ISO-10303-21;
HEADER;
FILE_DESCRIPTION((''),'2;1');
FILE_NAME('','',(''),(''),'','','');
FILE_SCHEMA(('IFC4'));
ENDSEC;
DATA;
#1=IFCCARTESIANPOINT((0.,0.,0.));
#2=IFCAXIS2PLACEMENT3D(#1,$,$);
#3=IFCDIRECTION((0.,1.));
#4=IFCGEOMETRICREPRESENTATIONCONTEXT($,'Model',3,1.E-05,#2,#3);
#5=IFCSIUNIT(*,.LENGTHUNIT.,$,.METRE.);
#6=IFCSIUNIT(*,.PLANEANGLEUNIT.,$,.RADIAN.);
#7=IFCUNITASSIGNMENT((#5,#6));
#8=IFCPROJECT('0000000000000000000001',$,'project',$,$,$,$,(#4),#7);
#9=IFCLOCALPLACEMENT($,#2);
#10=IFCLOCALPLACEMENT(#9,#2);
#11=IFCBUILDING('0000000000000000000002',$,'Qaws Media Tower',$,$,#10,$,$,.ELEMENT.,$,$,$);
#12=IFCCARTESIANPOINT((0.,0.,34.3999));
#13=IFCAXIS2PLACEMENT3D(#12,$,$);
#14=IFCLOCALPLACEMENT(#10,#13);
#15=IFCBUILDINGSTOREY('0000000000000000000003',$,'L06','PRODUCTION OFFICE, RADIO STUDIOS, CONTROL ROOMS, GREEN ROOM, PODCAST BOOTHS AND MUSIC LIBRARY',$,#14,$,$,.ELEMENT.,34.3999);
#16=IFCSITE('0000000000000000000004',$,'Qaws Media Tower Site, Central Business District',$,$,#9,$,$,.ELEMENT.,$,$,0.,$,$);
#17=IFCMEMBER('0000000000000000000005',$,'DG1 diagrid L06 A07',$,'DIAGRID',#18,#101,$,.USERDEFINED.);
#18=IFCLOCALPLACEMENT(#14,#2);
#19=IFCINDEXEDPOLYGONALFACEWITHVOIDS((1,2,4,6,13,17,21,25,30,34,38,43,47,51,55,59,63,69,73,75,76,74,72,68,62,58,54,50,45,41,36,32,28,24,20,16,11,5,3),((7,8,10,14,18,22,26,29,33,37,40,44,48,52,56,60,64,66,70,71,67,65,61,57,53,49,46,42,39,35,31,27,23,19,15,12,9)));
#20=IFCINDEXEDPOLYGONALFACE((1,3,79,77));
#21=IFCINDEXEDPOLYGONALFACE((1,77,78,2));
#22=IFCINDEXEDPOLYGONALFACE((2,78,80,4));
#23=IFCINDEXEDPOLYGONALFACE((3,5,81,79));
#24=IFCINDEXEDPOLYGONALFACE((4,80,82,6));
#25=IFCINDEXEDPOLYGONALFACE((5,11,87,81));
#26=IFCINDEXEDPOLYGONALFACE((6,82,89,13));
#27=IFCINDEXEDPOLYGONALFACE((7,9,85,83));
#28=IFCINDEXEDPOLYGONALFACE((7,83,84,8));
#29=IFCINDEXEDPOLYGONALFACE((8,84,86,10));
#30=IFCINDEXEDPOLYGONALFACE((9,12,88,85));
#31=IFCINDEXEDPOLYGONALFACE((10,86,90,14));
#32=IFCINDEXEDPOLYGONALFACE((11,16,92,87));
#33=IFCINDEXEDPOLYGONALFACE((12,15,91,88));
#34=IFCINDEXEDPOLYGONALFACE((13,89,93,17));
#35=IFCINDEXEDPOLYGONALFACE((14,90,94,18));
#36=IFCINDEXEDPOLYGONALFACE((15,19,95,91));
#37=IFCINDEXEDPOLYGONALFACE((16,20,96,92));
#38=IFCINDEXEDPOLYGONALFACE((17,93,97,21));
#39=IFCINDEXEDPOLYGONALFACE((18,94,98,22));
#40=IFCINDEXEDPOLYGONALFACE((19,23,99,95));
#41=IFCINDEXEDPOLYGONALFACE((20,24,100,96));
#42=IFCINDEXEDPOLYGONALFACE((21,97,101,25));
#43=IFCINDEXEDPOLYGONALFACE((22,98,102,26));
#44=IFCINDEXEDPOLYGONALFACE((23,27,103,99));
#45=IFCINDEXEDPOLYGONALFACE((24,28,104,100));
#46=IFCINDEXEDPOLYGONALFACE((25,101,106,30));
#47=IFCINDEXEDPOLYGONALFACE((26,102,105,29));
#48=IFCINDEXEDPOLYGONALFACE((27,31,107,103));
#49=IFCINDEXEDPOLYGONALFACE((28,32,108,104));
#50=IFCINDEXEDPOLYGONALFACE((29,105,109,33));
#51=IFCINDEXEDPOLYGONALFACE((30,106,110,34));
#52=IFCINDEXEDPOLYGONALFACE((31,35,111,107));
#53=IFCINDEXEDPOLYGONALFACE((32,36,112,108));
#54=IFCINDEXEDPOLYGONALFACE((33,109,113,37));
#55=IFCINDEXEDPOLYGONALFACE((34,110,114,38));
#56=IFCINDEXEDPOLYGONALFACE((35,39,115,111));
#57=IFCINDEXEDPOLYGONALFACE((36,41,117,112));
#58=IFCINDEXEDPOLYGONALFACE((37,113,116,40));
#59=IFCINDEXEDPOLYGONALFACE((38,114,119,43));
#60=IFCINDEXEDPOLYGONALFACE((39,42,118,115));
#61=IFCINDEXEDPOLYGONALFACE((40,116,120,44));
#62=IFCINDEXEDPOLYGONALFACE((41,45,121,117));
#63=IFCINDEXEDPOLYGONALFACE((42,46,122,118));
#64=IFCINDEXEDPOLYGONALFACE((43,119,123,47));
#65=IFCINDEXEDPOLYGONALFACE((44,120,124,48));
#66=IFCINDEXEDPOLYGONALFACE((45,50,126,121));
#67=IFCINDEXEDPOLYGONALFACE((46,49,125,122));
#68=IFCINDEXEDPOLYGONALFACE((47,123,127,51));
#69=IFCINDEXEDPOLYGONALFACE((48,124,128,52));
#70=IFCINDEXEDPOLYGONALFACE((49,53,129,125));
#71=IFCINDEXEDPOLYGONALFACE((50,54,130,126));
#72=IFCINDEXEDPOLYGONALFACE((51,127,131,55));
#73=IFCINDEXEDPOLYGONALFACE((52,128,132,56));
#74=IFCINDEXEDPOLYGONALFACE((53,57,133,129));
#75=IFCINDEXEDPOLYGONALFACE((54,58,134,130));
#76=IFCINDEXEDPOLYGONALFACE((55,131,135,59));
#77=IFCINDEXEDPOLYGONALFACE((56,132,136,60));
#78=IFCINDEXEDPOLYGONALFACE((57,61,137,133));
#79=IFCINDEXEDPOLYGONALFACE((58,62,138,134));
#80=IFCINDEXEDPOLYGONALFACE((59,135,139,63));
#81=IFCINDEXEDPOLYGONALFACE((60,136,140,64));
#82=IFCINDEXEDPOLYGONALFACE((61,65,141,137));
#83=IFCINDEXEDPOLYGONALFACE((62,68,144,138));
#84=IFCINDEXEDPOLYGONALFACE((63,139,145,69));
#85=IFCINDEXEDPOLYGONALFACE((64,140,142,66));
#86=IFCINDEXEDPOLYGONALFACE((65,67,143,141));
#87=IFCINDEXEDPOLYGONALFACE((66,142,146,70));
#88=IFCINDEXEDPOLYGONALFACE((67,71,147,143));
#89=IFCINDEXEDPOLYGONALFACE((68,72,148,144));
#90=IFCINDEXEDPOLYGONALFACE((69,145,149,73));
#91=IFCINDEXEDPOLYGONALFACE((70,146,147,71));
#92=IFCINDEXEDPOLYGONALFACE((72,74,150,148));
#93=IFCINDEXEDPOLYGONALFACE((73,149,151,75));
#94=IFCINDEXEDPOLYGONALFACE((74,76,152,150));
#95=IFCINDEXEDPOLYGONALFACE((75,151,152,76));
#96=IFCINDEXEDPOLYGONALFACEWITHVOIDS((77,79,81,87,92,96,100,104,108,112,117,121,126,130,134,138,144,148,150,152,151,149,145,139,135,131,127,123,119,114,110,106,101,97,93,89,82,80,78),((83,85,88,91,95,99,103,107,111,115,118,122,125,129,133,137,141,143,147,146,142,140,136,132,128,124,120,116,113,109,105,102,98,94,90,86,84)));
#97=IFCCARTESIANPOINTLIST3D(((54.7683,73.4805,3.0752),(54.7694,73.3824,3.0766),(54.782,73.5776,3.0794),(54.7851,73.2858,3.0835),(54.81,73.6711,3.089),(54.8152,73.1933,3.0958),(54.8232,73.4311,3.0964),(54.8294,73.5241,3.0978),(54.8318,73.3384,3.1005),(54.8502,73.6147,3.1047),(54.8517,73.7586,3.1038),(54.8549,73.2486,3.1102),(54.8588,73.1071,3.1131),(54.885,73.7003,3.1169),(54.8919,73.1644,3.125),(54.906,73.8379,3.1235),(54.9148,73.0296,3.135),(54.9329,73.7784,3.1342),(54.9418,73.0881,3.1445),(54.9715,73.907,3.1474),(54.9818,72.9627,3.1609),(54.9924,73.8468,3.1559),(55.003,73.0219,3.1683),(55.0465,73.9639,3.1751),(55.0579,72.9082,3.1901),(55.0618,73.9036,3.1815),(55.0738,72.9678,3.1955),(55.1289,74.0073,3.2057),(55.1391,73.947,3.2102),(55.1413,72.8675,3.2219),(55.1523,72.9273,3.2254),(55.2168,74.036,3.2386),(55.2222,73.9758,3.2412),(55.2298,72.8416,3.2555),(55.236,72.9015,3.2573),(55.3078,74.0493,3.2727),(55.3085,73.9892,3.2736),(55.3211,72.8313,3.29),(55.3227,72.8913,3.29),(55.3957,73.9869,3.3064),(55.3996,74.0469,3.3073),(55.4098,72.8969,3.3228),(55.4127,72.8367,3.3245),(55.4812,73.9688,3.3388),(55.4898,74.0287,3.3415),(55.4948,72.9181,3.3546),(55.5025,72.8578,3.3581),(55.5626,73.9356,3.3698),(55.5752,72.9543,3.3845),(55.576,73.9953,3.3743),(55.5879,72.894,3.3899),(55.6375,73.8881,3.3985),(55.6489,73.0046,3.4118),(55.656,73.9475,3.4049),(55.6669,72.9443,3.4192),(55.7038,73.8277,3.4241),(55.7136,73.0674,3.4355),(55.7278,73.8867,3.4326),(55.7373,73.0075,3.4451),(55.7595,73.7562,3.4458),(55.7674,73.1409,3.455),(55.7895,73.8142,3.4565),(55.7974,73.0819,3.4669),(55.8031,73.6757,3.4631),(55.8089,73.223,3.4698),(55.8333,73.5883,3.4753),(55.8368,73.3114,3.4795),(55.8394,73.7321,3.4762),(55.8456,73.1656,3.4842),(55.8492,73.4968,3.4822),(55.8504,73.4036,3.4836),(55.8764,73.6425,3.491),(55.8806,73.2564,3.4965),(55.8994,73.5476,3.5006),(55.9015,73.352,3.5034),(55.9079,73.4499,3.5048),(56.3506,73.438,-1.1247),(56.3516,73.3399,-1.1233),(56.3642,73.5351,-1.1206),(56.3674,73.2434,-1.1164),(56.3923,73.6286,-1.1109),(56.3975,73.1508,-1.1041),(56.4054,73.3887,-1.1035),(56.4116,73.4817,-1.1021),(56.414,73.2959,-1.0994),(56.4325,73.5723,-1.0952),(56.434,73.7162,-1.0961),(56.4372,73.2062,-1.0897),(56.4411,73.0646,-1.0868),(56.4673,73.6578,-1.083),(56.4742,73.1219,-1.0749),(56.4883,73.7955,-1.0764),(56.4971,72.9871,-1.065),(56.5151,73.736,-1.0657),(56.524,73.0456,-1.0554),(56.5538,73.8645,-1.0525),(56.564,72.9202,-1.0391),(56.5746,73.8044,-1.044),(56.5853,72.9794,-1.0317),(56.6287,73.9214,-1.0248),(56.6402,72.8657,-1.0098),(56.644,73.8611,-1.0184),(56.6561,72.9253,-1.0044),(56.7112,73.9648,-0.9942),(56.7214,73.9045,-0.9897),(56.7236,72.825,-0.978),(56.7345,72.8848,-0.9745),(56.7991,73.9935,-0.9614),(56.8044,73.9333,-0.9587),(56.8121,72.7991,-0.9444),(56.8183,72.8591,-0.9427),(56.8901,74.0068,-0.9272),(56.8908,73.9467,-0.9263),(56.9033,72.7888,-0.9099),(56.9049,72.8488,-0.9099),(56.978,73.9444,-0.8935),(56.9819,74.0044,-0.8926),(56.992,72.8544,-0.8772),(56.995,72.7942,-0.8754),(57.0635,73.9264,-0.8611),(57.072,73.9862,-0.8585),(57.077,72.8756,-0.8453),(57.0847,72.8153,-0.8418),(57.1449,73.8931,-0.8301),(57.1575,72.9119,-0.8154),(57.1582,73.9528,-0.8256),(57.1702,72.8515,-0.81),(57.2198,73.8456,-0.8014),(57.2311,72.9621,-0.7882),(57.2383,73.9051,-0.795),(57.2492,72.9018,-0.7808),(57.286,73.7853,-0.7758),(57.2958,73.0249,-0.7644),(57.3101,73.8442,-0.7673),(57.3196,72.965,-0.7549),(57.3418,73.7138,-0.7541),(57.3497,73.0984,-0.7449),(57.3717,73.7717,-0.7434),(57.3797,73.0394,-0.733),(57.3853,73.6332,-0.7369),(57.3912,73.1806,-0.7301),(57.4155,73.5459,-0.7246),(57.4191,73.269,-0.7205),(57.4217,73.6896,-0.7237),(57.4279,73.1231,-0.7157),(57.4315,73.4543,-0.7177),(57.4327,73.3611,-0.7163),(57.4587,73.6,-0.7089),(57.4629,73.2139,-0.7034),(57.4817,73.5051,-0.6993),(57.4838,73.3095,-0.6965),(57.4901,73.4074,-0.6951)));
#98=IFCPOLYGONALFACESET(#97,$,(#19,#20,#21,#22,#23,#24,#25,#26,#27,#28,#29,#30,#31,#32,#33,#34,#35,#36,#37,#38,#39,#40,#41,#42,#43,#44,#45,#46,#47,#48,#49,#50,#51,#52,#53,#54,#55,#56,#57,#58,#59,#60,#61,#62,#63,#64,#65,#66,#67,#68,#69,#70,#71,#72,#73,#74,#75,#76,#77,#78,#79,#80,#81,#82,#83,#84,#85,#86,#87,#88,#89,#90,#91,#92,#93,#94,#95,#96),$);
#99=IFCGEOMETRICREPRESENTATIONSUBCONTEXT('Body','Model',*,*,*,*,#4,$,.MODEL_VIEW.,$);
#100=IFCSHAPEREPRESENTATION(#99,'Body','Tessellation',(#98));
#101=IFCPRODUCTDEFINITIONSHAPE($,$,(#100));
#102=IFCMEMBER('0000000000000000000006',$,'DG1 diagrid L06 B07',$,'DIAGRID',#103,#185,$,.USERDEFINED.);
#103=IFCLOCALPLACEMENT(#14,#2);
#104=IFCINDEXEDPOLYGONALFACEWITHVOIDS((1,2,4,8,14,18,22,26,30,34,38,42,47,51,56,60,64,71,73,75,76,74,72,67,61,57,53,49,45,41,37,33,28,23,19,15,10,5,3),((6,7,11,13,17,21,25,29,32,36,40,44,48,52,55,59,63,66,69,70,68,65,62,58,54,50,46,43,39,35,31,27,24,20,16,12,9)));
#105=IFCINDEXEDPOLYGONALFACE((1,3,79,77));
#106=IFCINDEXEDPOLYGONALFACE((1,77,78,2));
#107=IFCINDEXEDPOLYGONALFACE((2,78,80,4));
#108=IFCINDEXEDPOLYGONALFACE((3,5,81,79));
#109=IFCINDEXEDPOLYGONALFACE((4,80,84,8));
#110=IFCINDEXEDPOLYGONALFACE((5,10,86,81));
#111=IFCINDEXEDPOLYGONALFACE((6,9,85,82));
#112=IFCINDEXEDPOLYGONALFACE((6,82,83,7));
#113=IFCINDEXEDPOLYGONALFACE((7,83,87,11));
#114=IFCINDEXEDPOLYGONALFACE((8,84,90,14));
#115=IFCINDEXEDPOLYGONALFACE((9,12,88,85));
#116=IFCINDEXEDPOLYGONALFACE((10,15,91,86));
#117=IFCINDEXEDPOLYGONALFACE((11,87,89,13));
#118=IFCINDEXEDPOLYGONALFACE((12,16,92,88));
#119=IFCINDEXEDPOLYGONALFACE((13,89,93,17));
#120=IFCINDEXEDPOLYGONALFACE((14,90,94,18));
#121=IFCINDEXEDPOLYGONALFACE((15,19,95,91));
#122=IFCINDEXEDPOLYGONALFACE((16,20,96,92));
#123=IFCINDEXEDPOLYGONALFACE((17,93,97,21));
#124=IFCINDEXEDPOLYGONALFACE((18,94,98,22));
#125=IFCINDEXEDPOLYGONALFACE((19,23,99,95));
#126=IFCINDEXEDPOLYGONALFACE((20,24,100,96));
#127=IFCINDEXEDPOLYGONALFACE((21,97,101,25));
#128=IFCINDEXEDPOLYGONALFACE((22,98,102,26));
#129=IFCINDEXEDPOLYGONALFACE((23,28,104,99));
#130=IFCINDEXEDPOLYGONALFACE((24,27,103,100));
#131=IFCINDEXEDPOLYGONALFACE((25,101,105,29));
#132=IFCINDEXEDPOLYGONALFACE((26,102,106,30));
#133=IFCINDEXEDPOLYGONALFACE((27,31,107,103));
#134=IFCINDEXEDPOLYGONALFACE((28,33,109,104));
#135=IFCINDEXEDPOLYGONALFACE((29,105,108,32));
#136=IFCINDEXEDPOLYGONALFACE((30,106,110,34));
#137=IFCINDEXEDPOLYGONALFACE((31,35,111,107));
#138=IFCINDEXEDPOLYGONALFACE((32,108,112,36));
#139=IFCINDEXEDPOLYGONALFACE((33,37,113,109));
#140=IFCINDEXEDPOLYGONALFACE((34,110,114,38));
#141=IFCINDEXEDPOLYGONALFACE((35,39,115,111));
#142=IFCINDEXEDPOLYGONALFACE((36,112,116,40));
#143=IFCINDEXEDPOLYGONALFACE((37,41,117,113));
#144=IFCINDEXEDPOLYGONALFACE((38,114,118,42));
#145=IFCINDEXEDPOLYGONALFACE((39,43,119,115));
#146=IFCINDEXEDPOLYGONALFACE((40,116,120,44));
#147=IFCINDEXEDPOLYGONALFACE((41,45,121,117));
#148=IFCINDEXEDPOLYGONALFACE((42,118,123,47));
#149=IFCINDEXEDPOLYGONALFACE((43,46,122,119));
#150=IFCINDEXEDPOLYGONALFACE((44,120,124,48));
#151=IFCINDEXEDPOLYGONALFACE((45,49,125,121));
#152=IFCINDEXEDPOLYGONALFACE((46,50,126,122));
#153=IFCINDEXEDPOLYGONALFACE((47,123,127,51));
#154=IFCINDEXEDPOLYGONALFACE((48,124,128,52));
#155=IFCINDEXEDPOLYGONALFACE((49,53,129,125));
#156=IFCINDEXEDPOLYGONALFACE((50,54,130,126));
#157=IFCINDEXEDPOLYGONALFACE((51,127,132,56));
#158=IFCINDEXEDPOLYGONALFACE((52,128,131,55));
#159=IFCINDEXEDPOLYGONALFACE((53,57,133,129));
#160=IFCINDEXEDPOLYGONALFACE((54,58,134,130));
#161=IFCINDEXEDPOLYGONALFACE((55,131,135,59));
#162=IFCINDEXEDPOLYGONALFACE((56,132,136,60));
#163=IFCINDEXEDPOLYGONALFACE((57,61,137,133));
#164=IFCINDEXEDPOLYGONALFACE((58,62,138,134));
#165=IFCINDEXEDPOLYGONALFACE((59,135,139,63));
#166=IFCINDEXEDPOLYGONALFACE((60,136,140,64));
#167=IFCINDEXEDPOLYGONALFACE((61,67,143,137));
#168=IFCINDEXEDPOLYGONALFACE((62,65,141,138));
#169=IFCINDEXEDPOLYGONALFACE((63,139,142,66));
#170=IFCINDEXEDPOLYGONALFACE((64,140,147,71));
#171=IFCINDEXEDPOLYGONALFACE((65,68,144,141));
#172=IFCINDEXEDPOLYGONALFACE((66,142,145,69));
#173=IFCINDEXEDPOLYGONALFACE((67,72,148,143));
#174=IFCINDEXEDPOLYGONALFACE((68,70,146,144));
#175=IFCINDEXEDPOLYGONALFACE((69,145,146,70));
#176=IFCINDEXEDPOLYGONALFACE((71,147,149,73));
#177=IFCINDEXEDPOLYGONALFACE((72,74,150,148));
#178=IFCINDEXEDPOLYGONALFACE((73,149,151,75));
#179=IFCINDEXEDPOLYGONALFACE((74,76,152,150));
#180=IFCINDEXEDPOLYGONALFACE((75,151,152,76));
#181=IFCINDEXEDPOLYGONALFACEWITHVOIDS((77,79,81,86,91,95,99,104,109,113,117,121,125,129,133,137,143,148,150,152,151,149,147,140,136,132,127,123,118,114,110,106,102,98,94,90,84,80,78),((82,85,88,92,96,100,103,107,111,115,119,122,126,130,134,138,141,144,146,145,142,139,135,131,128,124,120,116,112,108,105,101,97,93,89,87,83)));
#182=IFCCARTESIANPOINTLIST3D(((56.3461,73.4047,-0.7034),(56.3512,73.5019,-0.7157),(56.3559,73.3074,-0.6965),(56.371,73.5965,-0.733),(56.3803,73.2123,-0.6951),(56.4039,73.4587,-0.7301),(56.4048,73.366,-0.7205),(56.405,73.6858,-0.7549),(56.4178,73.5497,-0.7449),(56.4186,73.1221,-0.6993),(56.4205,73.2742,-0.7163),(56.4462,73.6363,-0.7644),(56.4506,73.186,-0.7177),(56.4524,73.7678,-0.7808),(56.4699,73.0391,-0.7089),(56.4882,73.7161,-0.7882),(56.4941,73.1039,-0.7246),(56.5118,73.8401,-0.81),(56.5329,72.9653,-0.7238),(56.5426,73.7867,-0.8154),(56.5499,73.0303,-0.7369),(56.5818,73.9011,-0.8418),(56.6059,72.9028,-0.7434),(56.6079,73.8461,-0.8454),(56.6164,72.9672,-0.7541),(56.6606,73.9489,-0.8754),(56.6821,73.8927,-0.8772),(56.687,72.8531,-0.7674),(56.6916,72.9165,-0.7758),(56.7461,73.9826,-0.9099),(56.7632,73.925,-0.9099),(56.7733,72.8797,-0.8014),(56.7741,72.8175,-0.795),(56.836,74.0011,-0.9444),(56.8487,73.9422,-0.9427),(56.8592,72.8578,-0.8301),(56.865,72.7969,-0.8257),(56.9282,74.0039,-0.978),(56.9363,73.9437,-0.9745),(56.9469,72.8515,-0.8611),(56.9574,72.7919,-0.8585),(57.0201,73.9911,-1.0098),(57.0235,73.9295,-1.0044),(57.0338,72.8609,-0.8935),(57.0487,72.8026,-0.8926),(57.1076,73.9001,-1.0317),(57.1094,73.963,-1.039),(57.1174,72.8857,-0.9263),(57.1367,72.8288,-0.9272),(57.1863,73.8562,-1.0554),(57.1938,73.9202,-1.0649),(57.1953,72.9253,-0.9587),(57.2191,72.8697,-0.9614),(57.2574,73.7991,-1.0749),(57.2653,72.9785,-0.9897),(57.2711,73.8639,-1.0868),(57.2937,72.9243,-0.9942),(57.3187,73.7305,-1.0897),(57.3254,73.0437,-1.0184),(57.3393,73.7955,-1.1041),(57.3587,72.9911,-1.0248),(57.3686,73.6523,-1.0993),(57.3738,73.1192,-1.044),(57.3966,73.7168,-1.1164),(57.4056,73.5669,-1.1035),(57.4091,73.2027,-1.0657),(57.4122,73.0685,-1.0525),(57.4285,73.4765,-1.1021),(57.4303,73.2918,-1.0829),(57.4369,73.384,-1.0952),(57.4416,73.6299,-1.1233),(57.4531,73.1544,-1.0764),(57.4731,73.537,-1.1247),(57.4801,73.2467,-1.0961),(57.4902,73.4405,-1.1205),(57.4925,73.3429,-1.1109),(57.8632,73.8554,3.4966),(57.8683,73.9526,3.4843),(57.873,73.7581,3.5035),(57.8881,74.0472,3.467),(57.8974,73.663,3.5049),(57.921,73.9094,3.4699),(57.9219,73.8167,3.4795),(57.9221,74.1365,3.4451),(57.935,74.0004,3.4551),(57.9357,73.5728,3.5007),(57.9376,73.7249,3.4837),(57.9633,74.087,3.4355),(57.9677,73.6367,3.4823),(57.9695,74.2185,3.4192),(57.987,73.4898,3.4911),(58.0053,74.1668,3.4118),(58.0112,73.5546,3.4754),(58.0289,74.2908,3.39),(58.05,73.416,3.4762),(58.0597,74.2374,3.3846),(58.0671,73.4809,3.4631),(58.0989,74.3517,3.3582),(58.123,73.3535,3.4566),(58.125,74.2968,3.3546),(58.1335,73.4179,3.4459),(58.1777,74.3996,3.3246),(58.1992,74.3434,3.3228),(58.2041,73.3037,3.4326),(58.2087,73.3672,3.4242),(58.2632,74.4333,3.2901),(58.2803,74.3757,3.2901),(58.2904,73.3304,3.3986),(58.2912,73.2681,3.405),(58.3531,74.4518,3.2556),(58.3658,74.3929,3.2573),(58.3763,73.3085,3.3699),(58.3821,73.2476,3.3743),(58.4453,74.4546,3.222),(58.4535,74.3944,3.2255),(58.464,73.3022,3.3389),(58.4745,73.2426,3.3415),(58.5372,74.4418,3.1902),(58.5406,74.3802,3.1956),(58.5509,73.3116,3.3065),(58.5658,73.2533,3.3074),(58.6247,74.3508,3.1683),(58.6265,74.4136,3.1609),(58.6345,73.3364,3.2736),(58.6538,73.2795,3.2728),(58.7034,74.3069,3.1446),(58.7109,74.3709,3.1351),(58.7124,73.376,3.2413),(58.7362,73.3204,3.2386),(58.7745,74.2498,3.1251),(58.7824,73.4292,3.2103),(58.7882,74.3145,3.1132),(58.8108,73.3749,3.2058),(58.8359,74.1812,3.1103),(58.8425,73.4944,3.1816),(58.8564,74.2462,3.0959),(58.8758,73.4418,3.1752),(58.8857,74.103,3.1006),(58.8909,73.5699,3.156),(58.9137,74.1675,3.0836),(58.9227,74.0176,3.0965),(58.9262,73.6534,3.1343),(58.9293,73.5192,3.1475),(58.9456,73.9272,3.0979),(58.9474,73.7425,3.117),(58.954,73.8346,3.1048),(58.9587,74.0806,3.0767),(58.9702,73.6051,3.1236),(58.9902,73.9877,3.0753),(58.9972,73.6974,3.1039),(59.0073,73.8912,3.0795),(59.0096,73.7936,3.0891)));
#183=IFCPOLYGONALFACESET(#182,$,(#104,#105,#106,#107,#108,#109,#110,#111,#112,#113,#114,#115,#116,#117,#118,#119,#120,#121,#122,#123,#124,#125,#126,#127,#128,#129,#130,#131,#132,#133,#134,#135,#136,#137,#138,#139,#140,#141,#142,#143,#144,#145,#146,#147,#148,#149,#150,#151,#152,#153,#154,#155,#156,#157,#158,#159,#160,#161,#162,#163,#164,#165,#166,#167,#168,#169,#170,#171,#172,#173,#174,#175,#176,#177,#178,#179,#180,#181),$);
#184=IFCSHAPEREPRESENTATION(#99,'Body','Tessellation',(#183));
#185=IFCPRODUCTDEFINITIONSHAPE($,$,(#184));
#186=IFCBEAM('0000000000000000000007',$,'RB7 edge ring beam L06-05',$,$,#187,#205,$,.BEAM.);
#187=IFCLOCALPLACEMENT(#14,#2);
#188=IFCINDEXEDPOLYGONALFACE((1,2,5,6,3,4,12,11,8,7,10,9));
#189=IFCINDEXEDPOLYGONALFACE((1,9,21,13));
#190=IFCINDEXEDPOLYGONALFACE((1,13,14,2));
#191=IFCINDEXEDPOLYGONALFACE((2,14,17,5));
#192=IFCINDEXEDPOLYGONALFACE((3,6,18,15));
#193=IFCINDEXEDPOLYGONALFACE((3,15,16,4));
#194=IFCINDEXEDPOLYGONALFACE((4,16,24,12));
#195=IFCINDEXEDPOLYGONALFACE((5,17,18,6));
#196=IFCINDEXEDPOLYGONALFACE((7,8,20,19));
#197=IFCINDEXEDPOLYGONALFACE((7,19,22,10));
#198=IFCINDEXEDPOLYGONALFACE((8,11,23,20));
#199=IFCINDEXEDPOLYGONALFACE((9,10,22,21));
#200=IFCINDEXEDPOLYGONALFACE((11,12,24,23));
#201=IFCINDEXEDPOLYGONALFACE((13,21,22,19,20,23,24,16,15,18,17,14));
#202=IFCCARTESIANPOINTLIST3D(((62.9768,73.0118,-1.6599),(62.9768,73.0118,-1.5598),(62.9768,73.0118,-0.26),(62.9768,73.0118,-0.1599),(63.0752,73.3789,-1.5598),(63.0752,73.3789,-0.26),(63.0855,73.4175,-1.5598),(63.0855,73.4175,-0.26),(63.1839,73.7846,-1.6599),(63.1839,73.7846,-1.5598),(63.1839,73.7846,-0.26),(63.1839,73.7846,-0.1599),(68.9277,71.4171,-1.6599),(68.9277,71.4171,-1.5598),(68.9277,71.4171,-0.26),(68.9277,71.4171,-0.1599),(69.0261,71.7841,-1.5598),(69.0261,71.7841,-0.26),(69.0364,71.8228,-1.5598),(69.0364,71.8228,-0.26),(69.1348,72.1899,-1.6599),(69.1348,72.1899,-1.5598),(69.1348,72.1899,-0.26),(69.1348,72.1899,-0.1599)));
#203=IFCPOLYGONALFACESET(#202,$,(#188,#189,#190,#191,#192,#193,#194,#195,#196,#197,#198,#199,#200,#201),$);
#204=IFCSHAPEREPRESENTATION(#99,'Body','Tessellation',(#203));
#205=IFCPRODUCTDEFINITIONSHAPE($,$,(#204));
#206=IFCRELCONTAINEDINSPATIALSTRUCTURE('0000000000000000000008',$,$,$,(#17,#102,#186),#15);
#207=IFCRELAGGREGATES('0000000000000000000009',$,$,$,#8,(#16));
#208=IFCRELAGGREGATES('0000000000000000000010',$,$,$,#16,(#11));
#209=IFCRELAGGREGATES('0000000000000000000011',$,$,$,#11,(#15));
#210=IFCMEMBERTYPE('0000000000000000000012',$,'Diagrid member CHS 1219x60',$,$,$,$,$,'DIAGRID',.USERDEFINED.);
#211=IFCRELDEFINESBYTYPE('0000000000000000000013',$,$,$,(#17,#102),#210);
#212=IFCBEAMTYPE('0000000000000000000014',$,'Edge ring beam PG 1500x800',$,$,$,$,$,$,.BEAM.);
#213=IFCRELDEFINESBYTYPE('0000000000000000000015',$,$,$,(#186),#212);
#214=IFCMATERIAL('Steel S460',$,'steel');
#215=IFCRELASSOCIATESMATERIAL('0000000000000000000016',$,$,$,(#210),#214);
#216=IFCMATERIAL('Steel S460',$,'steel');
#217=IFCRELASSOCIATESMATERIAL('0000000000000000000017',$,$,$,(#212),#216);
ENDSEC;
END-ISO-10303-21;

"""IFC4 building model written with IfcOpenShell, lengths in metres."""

from ifc_helpers import new_model, si_unit, direction, frame, origin, origin_2d, place, context, subcontext, project, spatial, hollow_circle, i_section, extrude, material, material_profile, profile_set, type_object, element, save


model = new_model("IFC4")

# Units and contexts
model_context = context("Model", 3, precision=1e-05, world=origin(), true_north=direction((0.0, 1.0)))
body_context = subcontext(model_context, "Body", "Model", "MODEL_VIEW")
ifc_project = project(units=[si_unit("LENGTHUNIT", "METRE"), si_unit("PLANEANGLEUNIT", "RADIAN")], contexts=[model_context])

# Site, building, storey
site_placement = place(None, origin())
site = spatial("IfcSite", under=ifc_project, at=site_placement, Name="Qaws Media Tower Site, Central Business District", CompositionType="ELEMENT", RefElevation=0.0)
building_placement = place(site_placement, origin())
building = spatial("IfcBuilding", under=site, at=building_placement, Name="Qaws Media Tower", CompositionType="ELEMENT")
storey_placement = place(building_placement, frame((0.0, 0.0, 34.3999)))
storey = spatial("IfcBuildingStorey", under=building, at=storey_placement, Name="L06", Description="PRODUCTION OFFICE, RADIO STUDIOS, CONTROL ROOMS, GREEN ROOM, PODCAST BOOTHS AND MUSIC LIBRARY", CompositionType="ELEMENT", Elevation=34.3999)

# Members
ifc_material_1 = material(Name="Steel S460", Category="steel")
ifc_material_profile_1 = material_profile(ifc_material_1, hollow_circle(Radius=0.6096, WallThickness=0.0601, at=origin_2d()), Name="CHS 1219x60")
ifc_profile_set_1 = profile_set([ifc_material_profile_1], Name="Steel S460")
member_type_1 = type_object("IfcMemberType", Name="Diagrid member CHS 1219x60", ElementType="DIAGRID", PredefinedType="USERDEFINED", material=ifc_profile_set_1)
for number, where, z_axis, x_axis, name in (
    (1, (56.9197, 73.3982, -0.9099), (-0.352532, 0.009465, 0.935752), (-0.026838, -0.99964, 0.0), "DG1 diagrid L06 A07"),
    (2, (56.9197, 73.3982, -0.9099), (0.338015, 0.100414, 0.935769), (-0.284771, 0.958596, 0.0), "DG1 diagrid L06 B07"),
):
    element("IfcMember", number, at=place(storey_placement, frame(where, z_axis=z_axis, x_axis=x_axis)), inside=storey, type_object=member_type_1, Name=name, ObjectType="DIAGRID", PredefinedType="USERDEFINED", context=body_context, shape_type="SweptSolid", body=[
        extrude(hollow_circle(Radius=0.6096, WallThickness=0.0601, at=origin_2d()), origin(), (0.0, 0.0, 1.0), 4.4883),
    ])

# Beam
ifc_material_2 = material(Name="Steel S460", Category="steel")
ifc_material_profile_2 = material_profile(ifc_material_2, i_section(OverallWidth=0.8, OverallDepth=1.5, WebThickness=0.04, FlangeThickness=0.1001, at=origin_2d()), Name="PG 1500x800")
ifc_profile_set_2 = profile_set([ifc_material_profile_2], Name="Steel S460")
beam_type = type_object("IfcBeamType", Name="Edge ring beam PG 1500x800", PredefinedType="BEAM", material=ifc_profile_set_2)
beam_1_placement = place(storey_placement, frame((69.0312, 71.8035, -0.9099), z_axis=(-0.965919, 0.258846, 0.0), x_axis=(-0.258846, -0.965919, 0.0)))
element("IfcBeam", 3, at=beam_1_placement, inside=storey, type_object=beam_type, Name="RB7 edge ring beam L06-05", PredefinedType="BEAM", context=body_context, shape_type="SweptSolid", body=[
    extrude(i_section(OverallWidth=0.8, OverallDepth=1.5, WebThickness=0.04, FlangeThickness=0.1001, at=origin_2d()), origin(), (0.0, 0.0, 1.0), 6.1609),
])

save(model, "model.ifc")
